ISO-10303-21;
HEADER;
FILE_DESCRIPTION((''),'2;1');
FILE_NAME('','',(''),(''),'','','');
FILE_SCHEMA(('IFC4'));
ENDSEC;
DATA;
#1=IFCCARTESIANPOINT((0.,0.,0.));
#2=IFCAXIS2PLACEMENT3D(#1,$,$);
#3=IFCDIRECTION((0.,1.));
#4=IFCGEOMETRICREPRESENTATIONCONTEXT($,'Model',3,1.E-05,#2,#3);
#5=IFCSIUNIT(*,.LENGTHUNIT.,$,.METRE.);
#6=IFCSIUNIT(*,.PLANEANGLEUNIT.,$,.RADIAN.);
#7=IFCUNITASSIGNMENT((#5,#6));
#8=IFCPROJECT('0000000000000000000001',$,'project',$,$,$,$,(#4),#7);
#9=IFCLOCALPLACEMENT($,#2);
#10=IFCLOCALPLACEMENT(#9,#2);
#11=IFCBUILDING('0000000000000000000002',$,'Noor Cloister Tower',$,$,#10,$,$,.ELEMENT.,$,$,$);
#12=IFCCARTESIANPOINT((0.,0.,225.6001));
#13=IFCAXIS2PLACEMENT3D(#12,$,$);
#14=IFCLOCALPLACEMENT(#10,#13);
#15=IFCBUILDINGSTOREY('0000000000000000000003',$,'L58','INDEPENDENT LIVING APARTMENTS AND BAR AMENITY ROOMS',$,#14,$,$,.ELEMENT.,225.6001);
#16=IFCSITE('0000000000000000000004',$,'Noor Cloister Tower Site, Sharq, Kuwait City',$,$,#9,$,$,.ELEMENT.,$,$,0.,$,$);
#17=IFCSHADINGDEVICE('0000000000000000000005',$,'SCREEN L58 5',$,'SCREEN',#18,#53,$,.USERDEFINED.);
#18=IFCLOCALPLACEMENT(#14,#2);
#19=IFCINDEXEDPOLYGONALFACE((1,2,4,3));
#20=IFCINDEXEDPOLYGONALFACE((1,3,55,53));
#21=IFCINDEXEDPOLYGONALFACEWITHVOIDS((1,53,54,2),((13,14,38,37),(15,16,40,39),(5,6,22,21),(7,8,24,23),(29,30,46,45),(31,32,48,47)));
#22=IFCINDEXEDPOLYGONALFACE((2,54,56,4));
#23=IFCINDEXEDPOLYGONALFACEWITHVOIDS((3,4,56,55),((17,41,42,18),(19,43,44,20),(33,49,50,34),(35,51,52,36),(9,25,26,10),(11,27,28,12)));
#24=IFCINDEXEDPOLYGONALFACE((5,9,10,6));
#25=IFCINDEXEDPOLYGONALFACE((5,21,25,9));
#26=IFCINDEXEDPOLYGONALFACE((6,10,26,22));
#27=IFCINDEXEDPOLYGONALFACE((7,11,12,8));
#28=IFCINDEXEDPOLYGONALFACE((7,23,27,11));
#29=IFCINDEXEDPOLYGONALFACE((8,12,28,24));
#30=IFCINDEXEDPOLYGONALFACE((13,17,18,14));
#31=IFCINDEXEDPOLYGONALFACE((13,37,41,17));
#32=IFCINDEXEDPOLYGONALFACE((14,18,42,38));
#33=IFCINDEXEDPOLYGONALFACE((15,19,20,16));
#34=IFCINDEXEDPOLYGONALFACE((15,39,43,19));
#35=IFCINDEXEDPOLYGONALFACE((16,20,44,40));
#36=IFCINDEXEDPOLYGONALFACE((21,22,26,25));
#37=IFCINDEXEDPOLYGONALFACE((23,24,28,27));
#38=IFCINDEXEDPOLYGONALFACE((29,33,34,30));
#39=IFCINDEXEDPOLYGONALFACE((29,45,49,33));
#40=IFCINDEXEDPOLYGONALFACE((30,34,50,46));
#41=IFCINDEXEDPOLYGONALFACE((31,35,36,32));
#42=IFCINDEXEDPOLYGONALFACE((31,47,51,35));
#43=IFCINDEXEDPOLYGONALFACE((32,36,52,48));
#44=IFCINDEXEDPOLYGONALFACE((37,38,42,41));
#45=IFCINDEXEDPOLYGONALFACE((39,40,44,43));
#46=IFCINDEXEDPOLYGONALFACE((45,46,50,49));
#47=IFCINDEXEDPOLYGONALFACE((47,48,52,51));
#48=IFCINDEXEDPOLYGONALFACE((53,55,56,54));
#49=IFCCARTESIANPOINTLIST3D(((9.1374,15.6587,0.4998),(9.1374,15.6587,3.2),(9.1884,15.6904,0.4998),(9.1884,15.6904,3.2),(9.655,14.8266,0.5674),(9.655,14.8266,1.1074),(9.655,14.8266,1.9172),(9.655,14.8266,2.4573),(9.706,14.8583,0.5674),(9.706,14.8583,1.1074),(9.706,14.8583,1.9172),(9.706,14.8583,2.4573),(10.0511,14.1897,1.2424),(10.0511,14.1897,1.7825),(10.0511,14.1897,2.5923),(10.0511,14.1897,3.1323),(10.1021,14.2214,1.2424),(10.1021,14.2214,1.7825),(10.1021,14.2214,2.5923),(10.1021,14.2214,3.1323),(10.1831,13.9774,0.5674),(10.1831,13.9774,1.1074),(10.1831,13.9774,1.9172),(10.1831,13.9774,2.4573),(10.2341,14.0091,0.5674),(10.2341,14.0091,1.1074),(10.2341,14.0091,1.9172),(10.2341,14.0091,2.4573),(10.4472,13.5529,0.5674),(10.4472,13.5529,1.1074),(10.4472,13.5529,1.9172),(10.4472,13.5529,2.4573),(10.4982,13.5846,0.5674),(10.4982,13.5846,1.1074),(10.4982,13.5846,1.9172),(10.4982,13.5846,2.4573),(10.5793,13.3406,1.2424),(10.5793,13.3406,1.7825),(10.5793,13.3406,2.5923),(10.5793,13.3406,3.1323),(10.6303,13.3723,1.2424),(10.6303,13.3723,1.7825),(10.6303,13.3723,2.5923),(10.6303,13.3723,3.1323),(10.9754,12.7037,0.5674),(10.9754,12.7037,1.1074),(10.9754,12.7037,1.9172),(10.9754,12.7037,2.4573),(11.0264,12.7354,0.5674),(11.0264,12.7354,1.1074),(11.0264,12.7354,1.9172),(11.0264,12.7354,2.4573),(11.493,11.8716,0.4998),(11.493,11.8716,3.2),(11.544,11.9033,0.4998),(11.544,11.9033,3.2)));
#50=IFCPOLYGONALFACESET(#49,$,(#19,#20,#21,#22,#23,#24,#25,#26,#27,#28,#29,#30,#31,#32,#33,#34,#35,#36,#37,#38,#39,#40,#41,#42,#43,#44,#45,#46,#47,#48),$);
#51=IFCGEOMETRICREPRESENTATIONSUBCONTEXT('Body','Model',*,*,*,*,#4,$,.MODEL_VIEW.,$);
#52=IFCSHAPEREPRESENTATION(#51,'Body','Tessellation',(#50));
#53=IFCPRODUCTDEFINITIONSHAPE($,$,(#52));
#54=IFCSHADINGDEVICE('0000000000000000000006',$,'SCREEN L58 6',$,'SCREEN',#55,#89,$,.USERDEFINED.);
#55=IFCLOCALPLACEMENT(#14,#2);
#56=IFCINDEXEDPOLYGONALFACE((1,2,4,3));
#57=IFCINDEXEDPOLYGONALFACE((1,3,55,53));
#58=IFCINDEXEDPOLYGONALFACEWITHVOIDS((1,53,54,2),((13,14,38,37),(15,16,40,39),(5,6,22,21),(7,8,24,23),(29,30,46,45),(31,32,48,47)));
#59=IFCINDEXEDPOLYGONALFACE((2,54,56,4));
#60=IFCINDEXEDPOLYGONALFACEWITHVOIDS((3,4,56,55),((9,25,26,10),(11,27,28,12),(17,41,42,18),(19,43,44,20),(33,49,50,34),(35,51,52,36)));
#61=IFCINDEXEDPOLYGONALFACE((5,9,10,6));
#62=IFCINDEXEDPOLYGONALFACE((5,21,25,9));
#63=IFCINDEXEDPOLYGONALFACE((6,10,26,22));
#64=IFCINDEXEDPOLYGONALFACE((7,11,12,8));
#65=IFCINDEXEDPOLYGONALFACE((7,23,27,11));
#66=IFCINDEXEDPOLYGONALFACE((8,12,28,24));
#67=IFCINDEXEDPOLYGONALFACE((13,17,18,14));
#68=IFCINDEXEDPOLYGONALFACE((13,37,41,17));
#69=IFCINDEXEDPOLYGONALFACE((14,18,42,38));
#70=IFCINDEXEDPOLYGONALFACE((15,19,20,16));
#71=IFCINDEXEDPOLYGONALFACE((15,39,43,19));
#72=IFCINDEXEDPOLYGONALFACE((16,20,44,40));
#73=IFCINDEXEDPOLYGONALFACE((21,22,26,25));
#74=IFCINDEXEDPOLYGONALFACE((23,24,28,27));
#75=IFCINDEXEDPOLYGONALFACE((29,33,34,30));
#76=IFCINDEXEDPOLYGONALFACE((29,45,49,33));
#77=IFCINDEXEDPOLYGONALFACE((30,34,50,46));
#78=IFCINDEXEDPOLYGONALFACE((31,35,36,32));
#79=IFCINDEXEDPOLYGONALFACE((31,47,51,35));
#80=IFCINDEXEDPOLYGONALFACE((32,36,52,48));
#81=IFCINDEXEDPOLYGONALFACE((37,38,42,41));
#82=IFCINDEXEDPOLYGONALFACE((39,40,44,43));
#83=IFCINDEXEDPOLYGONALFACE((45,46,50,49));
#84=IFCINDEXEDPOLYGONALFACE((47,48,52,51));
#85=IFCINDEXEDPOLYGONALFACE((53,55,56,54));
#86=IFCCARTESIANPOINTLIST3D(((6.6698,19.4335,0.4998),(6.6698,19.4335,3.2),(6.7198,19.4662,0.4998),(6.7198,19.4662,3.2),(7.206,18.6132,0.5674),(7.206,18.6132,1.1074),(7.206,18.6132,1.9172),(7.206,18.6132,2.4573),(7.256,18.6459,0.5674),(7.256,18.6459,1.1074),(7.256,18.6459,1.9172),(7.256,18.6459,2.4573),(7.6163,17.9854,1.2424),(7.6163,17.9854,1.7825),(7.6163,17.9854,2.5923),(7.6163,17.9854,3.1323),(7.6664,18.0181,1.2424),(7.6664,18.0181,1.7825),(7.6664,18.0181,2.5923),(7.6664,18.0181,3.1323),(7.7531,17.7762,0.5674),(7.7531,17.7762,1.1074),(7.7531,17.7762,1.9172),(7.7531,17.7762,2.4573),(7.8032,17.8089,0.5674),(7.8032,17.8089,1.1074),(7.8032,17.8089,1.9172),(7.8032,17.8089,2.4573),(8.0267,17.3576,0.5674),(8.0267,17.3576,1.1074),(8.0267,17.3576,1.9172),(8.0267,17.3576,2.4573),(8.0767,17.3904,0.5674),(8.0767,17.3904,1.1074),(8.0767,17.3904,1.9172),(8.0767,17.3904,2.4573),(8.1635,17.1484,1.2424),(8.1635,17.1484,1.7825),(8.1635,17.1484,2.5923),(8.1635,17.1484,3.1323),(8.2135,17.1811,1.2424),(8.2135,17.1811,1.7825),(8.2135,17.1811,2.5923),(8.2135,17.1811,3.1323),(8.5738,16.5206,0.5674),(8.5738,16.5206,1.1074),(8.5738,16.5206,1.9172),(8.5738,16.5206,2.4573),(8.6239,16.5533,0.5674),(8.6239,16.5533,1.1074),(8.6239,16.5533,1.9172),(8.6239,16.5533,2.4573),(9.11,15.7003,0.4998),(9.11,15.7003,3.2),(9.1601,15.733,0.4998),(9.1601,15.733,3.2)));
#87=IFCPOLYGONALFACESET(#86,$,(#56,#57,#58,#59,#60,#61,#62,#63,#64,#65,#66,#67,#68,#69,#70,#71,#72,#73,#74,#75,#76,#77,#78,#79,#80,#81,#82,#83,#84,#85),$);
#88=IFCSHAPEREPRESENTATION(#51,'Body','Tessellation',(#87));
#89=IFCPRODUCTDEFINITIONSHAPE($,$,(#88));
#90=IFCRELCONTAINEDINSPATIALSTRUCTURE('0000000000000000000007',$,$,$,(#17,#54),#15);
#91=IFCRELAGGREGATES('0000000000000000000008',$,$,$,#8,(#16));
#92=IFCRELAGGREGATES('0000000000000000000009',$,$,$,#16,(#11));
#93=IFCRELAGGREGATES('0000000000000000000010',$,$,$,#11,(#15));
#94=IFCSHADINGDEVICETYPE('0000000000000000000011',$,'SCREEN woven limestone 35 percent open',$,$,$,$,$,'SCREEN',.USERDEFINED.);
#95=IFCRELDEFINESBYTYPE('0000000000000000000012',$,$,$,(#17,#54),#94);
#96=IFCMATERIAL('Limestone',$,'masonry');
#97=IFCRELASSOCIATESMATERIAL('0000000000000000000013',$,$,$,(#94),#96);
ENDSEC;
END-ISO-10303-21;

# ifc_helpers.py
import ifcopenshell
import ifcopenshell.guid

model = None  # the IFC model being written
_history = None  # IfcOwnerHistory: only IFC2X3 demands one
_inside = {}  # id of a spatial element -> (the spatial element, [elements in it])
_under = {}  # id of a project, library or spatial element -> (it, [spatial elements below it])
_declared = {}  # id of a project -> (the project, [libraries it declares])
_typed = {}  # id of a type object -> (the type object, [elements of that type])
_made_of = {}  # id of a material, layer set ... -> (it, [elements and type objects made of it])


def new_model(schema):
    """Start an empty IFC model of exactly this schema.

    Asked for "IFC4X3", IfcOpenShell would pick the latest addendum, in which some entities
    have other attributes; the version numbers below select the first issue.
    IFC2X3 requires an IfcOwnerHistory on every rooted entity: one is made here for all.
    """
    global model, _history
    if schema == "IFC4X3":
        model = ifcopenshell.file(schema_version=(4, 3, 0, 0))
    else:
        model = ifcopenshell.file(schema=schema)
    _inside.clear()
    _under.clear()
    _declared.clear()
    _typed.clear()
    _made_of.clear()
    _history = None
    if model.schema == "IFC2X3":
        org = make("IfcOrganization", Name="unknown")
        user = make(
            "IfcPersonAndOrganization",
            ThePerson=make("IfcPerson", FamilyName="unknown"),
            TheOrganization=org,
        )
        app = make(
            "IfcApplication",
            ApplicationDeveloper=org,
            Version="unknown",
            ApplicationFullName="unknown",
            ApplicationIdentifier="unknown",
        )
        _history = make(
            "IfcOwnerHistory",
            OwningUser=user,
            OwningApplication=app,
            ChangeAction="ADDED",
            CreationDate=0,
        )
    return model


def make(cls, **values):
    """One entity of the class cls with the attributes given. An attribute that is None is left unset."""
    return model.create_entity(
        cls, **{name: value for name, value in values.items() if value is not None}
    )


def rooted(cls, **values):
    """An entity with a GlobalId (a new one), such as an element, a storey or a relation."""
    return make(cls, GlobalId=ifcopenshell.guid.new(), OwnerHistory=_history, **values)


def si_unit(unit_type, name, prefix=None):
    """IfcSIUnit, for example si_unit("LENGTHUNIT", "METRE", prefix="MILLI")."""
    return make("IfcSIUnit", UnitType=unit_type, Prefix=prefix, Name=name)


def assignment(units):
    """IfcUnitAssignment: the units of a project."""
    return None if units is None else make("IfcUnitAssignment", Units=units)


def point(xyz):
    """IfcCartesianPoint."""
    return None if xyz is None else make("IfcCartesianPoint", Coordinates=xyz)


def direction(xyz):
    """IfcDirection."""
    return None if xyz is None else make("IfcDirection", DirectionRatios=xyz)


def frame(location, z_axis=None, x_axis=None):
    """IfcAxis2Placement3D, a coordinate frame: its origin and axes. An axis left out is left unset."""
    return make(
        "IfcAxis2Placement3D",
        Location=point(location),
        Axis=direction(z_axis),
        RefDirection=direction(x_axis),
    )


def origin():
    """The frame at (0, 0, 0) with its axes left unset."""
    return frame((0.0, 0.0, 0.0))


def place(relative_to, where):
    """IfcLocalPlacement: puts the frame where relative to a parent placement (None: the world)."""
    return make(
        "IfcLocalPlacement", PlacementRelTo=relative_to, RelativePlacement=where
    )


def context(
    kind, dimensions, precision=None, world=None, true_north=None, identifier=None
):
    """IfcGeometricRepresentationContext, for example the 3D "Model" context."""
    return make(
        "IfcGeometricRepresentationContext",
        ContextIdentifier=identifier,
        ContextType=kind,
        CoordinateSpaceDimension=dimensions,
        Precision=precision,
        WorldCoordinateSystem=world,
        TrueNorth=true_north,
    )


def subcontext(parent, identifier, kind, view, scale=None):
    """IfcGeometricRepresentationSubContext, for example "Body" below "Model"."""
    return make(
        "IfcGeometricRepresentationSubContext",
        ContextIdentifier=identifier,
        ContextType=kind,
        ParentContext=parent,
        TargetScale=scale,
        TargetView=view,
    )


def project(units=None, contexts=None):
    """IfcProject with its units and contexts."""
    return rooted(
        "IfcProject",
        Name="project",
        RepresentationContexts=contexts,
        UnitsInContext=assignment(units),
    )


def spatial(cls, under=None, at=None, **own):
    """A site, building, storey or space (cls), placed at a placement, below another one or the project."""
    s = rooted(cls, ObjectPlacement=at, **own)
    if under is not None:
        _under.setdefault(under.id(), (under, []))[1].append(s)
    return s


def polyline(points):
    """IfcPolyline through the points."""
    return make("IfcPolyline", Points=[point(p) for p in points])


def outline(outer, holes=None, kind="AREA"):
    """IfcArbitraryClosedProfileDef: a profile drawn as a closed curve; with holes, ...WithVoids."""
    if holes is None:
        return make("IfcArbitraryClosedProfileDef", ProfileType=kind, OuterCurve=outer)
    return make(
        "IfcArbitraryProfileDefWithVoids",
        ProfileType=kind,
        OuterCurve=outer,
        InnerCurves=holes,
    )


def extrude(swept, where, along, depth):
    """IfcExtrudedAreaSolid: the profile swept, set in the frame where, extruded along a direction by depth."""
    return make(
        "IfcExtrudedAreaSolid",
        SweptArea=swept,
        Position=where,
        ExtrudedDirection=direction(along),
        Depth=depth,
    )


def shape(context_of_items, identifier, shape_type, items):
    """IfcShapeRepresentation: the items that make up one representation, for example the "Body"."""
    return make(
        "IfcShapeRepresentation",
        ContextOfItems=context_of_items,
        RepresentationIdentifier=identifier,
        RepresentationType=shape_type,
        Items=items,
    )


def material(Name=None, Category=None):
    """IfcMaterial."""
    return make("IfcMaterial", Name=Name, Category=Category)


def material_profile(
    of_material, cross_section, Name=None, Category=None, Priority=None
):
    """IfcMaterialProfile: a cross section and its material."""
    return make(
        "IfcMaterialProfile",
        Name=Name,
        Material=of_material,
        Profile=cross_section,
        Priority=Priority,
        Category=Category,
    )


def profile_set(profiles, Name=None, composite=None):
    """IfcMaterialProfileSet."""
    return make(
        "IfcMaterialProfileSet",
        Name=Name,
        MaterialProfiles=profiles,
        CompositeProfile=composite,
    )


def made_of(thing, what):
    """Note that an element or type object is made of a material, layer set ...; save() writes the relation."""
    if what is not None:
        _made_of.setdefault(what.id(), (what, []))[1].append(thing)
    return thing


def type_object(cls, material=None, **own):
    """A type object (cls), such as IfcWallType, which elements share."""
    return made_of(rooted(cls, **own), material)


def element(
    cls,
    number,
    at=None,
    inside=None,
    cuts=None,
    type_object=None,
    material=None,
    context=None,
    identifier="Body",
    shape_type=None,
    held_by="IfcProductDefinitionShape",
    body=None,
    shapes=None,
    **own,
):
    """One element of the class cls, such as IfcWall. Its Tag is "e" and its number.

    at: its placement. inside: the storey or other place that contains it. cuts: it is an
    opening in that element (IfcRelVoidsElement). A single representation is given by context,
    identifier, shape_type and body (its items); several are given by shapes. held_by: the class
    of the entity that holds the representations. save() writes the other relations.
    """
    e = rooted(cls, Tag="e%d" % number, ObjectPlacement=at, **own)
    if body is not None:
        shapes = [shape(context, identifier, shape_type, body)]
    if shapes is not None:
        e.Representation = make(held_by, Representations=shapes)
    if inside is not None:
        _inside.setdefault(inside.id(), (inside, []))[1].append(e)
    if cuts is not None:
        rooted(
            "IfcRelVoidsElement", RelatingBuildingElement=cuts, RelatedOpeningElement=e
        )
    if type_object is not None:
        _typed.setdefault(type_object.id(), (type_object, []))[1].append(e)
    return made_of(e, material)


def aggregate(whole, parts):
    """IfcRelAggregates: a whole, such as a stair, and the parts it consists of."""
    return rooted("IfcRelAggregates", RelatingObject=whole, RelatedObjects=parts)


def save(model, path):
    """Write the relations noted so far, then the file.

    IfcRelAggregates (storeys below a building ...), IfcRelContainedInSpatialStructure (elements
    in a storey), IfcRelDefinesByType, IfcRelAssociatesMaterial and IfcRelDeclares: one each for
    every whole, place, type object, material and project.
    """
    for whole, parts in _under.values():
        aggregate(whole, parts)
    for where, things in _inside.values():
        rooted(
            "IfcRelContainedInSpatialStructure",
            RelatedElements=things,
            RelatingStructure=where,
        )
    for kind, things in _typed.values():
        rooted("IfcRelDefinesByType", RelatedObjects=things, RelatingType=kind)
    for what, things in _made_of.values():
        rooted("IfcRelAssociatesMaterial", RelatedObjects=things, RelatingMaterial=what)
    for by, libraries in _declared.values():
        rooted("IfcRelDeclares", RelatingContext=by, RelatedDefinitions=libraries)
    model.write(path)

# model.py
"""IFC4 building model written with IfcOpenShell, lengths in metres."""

from ifc_helpers import new_model, si_unit, direction, frame, origin, place, context, subcontext, project, spatial, polyline, outline, extrude, material, material_profile, profile_set, type_object, element, save


model = new_model("IFC4")

# Units and contexts
model_context = context("Model", 3, precision=1e-05, world=origin(), true_north=direction((0.0, 1.0)))
body_context = subcontext(model_context, "Body", "Model", "MODEL_VIEW")
ifc_project = project(units=[si_unit("LENGTHUNIT", "METRE"), si_unit("PLANEANGLEUNIT", "RADIAN")], contexts=[model_context])

# Site, building, storey
site_placement = place(None, origin())
site = spatial("IfcSite", under=ifc_project, at=site_placement, Name="Noor Cloister Tower Site, Sharq, Kuwait City", CompositionType="ELEMENT", RefElevation=0.0)
building_placement = place(site_placement, origin())
building = spatial("IfcBuilding", under=site, at=building_placement, Name="Noor Cloister Tower", CompositionType="ELEMENT")
storey_placement = place(building_placement, frame((0.0, 0.0, 225.6001)))
storey = spatial("IfcBuildingStorey", under=building, at=storey_placement, Name="L58", Description="INDEPENDENT LIVING APARTMENTS AND BAR AMENITY ROOMS", CompositionType="ELEMENT", Elevation=225.6001)

# Shading devices
ifc_material_1 = material(Name="Limestone", Category="masonry")
ifc_material_profile_1 = material_profile(ifc_material_1, outline(polyline([(-2.23, -1.3501), (2.23, -1.3501), (2.23, 1.3501), (-2.23, 1.3501), (-2.23, -1.3501)]), holes=[polyline([(-1.25, -1.2825), (-0.25, -1.2825), (-0.25, -0.7424), (-1.25, -0.7424), (-1.25, -1.2825)]), polyline([(0.25, -1.2825), (1.25, -1.2825), (1.25, -0.7424), (0.25, -0.7424), (0.25, -1.2825)]), polyline([(-0.5, -0.6074), (0.5, -0.6074), (0.5, -0.0674), (-0.5, -0.0674), (-0.5, -0.6074)]), polyline([(-1.25, 0.0674), (-0.25, 0.0674), (-0.25, 0.6074), (-1.25, 0.6074), (-1.25, 0.0674)]), polyline([(0.25, 0.0674), (1.25, 0.0674), (1.25, 0.6074), (0.25, 0.6074), (0.25, 0.0674)]), polyline([(-0.5, 0.7424), (0.5, 0.7424), (0.5, 1.2825), (-0.5, 1.2825), (-0.5, 0.7424)])]), Name="Woven screen 35 percent open")
ifc_profile_set_1 = profile_set([ifc_material_profile_1], Name="Limestone")
shading_device_type = type_object("IfcShadingDeviceType", Name="SCREEN woven limestone 35 percent open", ElementType="SCREEN", PredefinedType="USERDEFINED", material=ifc_profile_set_1)
shading_device_1_placement = place(storey_placement, frame((10.3152, 13.7651, 1.8499), z_axis=(0.849138, 0.528172, 0.0), x_axis=(-0.528172, 0.849138, 0.0)))
element("IfcShadingDevice", 1, at=shading_device_1_placement, inside=storey, type_object=shading_device_type, Name="SCREEN L58 5", ObjectType="SCREEN", PredefinedType="USERDEFINED", context=body_context, shape_type="SweptSolid", body=[
    extrude(outline(polyline([(-2.23, -1.3501), (2.23, -1.3501), (2.23, 1.3501), (-2.23, 1.3501), (-2.23, -1.3501)]), holes=[polyline([(-1.25, -1.2825), (-0.25, -1.2825), (-0.25, -0.7424), (-1.25, -0.7424), (-1.25, -1.2825)]), polyline([(0.25, -1.2825), (1.25, -1.2825), (1.25, -0.7424), (0.25, -0.7424), (0.25, -1.2825)]), polyline([(-0.5, -0.6074), (0.5, -0.6074), (0.5, -0.0674), (-0.5, -0.0674), (-0.5, -0.6074)]), polyline([(-1.25, 0.0674), (-0.25, 0.0674), (-0.25, 0.6074), (-1.25, 0.6074), (-1.25, 0.0674)]), polyline([(0.25, 0.0674), (1.25, 0.0674), (1.25, 0.6074), (0.25, 0.6074), (0.25, 0.0674)]), polyline([(-0.5, 0.7424), (0.5, 0.7424), (0.5, 1.2825), (-0.5, 1.2825), (-0.5, 0.7424)])]), origin(), (0.0, 0.0, 1.0), 0.0601),
])
shading_device_2_placement = place(storey_placement, frame((7.8899, 17.5669, 1.8499), z_axis=(0.837042, 0.547139, 0.0), x_axis=(-0.547139, 0.837042, 0.0)))
element("IfcShadingDevice", 2, at=shading_device_2_placement, inside=storey, type_object=shading_device_type, Name="SCREEN L58 6", ObjectType="SCREEN", PredefinedType="USERDEFINED", context=body_context, shape_type="SweptSolid", body=[
    extrude(outline(polyline([(-2.23, -1.3501), (2.23, -1.3501), (2.23, 1.3501), (-2.23, 1.3501), (-2.23, -1.3501)]), holes=[polyline([(-1.25, -1.2825), (-0.25, -1.2825), (-0.25, -0.7424), (-1.25, -0.7424), (-1.25, -1.2825)]), polyline([(0.25, -1.2825), (1.25, -1.2825), (1.25, -0.7424), (0.25, -0.7424), (0.25, -1.2825)]), polyline([(-0.5, -0.6074), (0.5, -0.6074), (0.5, -0.0674), (-0.5, -0.0674), (-0.5, -0.6074)]), polyline([(-1.25, 0.0674), (-0.25, 0.0674), (-0.25, 0.6074), (-1.25, 0.6074), (-1.25, 0.0674)]), polyline([(0.25, 0.0674), (1.25, 0.0674), (1.25, 0.6074), (0.25, 0.6074), (0.25, 0.0674)]), polyline([(-0.5, 0.7424), (0.5, 0.7424), (0.5, 1.2825), (-0.5, 1.2825), (-0.5, 0.7424)])]), origin(), (0.0, 0.0, 1.0), 0.0598),
])

save(model, "model.ifc")
